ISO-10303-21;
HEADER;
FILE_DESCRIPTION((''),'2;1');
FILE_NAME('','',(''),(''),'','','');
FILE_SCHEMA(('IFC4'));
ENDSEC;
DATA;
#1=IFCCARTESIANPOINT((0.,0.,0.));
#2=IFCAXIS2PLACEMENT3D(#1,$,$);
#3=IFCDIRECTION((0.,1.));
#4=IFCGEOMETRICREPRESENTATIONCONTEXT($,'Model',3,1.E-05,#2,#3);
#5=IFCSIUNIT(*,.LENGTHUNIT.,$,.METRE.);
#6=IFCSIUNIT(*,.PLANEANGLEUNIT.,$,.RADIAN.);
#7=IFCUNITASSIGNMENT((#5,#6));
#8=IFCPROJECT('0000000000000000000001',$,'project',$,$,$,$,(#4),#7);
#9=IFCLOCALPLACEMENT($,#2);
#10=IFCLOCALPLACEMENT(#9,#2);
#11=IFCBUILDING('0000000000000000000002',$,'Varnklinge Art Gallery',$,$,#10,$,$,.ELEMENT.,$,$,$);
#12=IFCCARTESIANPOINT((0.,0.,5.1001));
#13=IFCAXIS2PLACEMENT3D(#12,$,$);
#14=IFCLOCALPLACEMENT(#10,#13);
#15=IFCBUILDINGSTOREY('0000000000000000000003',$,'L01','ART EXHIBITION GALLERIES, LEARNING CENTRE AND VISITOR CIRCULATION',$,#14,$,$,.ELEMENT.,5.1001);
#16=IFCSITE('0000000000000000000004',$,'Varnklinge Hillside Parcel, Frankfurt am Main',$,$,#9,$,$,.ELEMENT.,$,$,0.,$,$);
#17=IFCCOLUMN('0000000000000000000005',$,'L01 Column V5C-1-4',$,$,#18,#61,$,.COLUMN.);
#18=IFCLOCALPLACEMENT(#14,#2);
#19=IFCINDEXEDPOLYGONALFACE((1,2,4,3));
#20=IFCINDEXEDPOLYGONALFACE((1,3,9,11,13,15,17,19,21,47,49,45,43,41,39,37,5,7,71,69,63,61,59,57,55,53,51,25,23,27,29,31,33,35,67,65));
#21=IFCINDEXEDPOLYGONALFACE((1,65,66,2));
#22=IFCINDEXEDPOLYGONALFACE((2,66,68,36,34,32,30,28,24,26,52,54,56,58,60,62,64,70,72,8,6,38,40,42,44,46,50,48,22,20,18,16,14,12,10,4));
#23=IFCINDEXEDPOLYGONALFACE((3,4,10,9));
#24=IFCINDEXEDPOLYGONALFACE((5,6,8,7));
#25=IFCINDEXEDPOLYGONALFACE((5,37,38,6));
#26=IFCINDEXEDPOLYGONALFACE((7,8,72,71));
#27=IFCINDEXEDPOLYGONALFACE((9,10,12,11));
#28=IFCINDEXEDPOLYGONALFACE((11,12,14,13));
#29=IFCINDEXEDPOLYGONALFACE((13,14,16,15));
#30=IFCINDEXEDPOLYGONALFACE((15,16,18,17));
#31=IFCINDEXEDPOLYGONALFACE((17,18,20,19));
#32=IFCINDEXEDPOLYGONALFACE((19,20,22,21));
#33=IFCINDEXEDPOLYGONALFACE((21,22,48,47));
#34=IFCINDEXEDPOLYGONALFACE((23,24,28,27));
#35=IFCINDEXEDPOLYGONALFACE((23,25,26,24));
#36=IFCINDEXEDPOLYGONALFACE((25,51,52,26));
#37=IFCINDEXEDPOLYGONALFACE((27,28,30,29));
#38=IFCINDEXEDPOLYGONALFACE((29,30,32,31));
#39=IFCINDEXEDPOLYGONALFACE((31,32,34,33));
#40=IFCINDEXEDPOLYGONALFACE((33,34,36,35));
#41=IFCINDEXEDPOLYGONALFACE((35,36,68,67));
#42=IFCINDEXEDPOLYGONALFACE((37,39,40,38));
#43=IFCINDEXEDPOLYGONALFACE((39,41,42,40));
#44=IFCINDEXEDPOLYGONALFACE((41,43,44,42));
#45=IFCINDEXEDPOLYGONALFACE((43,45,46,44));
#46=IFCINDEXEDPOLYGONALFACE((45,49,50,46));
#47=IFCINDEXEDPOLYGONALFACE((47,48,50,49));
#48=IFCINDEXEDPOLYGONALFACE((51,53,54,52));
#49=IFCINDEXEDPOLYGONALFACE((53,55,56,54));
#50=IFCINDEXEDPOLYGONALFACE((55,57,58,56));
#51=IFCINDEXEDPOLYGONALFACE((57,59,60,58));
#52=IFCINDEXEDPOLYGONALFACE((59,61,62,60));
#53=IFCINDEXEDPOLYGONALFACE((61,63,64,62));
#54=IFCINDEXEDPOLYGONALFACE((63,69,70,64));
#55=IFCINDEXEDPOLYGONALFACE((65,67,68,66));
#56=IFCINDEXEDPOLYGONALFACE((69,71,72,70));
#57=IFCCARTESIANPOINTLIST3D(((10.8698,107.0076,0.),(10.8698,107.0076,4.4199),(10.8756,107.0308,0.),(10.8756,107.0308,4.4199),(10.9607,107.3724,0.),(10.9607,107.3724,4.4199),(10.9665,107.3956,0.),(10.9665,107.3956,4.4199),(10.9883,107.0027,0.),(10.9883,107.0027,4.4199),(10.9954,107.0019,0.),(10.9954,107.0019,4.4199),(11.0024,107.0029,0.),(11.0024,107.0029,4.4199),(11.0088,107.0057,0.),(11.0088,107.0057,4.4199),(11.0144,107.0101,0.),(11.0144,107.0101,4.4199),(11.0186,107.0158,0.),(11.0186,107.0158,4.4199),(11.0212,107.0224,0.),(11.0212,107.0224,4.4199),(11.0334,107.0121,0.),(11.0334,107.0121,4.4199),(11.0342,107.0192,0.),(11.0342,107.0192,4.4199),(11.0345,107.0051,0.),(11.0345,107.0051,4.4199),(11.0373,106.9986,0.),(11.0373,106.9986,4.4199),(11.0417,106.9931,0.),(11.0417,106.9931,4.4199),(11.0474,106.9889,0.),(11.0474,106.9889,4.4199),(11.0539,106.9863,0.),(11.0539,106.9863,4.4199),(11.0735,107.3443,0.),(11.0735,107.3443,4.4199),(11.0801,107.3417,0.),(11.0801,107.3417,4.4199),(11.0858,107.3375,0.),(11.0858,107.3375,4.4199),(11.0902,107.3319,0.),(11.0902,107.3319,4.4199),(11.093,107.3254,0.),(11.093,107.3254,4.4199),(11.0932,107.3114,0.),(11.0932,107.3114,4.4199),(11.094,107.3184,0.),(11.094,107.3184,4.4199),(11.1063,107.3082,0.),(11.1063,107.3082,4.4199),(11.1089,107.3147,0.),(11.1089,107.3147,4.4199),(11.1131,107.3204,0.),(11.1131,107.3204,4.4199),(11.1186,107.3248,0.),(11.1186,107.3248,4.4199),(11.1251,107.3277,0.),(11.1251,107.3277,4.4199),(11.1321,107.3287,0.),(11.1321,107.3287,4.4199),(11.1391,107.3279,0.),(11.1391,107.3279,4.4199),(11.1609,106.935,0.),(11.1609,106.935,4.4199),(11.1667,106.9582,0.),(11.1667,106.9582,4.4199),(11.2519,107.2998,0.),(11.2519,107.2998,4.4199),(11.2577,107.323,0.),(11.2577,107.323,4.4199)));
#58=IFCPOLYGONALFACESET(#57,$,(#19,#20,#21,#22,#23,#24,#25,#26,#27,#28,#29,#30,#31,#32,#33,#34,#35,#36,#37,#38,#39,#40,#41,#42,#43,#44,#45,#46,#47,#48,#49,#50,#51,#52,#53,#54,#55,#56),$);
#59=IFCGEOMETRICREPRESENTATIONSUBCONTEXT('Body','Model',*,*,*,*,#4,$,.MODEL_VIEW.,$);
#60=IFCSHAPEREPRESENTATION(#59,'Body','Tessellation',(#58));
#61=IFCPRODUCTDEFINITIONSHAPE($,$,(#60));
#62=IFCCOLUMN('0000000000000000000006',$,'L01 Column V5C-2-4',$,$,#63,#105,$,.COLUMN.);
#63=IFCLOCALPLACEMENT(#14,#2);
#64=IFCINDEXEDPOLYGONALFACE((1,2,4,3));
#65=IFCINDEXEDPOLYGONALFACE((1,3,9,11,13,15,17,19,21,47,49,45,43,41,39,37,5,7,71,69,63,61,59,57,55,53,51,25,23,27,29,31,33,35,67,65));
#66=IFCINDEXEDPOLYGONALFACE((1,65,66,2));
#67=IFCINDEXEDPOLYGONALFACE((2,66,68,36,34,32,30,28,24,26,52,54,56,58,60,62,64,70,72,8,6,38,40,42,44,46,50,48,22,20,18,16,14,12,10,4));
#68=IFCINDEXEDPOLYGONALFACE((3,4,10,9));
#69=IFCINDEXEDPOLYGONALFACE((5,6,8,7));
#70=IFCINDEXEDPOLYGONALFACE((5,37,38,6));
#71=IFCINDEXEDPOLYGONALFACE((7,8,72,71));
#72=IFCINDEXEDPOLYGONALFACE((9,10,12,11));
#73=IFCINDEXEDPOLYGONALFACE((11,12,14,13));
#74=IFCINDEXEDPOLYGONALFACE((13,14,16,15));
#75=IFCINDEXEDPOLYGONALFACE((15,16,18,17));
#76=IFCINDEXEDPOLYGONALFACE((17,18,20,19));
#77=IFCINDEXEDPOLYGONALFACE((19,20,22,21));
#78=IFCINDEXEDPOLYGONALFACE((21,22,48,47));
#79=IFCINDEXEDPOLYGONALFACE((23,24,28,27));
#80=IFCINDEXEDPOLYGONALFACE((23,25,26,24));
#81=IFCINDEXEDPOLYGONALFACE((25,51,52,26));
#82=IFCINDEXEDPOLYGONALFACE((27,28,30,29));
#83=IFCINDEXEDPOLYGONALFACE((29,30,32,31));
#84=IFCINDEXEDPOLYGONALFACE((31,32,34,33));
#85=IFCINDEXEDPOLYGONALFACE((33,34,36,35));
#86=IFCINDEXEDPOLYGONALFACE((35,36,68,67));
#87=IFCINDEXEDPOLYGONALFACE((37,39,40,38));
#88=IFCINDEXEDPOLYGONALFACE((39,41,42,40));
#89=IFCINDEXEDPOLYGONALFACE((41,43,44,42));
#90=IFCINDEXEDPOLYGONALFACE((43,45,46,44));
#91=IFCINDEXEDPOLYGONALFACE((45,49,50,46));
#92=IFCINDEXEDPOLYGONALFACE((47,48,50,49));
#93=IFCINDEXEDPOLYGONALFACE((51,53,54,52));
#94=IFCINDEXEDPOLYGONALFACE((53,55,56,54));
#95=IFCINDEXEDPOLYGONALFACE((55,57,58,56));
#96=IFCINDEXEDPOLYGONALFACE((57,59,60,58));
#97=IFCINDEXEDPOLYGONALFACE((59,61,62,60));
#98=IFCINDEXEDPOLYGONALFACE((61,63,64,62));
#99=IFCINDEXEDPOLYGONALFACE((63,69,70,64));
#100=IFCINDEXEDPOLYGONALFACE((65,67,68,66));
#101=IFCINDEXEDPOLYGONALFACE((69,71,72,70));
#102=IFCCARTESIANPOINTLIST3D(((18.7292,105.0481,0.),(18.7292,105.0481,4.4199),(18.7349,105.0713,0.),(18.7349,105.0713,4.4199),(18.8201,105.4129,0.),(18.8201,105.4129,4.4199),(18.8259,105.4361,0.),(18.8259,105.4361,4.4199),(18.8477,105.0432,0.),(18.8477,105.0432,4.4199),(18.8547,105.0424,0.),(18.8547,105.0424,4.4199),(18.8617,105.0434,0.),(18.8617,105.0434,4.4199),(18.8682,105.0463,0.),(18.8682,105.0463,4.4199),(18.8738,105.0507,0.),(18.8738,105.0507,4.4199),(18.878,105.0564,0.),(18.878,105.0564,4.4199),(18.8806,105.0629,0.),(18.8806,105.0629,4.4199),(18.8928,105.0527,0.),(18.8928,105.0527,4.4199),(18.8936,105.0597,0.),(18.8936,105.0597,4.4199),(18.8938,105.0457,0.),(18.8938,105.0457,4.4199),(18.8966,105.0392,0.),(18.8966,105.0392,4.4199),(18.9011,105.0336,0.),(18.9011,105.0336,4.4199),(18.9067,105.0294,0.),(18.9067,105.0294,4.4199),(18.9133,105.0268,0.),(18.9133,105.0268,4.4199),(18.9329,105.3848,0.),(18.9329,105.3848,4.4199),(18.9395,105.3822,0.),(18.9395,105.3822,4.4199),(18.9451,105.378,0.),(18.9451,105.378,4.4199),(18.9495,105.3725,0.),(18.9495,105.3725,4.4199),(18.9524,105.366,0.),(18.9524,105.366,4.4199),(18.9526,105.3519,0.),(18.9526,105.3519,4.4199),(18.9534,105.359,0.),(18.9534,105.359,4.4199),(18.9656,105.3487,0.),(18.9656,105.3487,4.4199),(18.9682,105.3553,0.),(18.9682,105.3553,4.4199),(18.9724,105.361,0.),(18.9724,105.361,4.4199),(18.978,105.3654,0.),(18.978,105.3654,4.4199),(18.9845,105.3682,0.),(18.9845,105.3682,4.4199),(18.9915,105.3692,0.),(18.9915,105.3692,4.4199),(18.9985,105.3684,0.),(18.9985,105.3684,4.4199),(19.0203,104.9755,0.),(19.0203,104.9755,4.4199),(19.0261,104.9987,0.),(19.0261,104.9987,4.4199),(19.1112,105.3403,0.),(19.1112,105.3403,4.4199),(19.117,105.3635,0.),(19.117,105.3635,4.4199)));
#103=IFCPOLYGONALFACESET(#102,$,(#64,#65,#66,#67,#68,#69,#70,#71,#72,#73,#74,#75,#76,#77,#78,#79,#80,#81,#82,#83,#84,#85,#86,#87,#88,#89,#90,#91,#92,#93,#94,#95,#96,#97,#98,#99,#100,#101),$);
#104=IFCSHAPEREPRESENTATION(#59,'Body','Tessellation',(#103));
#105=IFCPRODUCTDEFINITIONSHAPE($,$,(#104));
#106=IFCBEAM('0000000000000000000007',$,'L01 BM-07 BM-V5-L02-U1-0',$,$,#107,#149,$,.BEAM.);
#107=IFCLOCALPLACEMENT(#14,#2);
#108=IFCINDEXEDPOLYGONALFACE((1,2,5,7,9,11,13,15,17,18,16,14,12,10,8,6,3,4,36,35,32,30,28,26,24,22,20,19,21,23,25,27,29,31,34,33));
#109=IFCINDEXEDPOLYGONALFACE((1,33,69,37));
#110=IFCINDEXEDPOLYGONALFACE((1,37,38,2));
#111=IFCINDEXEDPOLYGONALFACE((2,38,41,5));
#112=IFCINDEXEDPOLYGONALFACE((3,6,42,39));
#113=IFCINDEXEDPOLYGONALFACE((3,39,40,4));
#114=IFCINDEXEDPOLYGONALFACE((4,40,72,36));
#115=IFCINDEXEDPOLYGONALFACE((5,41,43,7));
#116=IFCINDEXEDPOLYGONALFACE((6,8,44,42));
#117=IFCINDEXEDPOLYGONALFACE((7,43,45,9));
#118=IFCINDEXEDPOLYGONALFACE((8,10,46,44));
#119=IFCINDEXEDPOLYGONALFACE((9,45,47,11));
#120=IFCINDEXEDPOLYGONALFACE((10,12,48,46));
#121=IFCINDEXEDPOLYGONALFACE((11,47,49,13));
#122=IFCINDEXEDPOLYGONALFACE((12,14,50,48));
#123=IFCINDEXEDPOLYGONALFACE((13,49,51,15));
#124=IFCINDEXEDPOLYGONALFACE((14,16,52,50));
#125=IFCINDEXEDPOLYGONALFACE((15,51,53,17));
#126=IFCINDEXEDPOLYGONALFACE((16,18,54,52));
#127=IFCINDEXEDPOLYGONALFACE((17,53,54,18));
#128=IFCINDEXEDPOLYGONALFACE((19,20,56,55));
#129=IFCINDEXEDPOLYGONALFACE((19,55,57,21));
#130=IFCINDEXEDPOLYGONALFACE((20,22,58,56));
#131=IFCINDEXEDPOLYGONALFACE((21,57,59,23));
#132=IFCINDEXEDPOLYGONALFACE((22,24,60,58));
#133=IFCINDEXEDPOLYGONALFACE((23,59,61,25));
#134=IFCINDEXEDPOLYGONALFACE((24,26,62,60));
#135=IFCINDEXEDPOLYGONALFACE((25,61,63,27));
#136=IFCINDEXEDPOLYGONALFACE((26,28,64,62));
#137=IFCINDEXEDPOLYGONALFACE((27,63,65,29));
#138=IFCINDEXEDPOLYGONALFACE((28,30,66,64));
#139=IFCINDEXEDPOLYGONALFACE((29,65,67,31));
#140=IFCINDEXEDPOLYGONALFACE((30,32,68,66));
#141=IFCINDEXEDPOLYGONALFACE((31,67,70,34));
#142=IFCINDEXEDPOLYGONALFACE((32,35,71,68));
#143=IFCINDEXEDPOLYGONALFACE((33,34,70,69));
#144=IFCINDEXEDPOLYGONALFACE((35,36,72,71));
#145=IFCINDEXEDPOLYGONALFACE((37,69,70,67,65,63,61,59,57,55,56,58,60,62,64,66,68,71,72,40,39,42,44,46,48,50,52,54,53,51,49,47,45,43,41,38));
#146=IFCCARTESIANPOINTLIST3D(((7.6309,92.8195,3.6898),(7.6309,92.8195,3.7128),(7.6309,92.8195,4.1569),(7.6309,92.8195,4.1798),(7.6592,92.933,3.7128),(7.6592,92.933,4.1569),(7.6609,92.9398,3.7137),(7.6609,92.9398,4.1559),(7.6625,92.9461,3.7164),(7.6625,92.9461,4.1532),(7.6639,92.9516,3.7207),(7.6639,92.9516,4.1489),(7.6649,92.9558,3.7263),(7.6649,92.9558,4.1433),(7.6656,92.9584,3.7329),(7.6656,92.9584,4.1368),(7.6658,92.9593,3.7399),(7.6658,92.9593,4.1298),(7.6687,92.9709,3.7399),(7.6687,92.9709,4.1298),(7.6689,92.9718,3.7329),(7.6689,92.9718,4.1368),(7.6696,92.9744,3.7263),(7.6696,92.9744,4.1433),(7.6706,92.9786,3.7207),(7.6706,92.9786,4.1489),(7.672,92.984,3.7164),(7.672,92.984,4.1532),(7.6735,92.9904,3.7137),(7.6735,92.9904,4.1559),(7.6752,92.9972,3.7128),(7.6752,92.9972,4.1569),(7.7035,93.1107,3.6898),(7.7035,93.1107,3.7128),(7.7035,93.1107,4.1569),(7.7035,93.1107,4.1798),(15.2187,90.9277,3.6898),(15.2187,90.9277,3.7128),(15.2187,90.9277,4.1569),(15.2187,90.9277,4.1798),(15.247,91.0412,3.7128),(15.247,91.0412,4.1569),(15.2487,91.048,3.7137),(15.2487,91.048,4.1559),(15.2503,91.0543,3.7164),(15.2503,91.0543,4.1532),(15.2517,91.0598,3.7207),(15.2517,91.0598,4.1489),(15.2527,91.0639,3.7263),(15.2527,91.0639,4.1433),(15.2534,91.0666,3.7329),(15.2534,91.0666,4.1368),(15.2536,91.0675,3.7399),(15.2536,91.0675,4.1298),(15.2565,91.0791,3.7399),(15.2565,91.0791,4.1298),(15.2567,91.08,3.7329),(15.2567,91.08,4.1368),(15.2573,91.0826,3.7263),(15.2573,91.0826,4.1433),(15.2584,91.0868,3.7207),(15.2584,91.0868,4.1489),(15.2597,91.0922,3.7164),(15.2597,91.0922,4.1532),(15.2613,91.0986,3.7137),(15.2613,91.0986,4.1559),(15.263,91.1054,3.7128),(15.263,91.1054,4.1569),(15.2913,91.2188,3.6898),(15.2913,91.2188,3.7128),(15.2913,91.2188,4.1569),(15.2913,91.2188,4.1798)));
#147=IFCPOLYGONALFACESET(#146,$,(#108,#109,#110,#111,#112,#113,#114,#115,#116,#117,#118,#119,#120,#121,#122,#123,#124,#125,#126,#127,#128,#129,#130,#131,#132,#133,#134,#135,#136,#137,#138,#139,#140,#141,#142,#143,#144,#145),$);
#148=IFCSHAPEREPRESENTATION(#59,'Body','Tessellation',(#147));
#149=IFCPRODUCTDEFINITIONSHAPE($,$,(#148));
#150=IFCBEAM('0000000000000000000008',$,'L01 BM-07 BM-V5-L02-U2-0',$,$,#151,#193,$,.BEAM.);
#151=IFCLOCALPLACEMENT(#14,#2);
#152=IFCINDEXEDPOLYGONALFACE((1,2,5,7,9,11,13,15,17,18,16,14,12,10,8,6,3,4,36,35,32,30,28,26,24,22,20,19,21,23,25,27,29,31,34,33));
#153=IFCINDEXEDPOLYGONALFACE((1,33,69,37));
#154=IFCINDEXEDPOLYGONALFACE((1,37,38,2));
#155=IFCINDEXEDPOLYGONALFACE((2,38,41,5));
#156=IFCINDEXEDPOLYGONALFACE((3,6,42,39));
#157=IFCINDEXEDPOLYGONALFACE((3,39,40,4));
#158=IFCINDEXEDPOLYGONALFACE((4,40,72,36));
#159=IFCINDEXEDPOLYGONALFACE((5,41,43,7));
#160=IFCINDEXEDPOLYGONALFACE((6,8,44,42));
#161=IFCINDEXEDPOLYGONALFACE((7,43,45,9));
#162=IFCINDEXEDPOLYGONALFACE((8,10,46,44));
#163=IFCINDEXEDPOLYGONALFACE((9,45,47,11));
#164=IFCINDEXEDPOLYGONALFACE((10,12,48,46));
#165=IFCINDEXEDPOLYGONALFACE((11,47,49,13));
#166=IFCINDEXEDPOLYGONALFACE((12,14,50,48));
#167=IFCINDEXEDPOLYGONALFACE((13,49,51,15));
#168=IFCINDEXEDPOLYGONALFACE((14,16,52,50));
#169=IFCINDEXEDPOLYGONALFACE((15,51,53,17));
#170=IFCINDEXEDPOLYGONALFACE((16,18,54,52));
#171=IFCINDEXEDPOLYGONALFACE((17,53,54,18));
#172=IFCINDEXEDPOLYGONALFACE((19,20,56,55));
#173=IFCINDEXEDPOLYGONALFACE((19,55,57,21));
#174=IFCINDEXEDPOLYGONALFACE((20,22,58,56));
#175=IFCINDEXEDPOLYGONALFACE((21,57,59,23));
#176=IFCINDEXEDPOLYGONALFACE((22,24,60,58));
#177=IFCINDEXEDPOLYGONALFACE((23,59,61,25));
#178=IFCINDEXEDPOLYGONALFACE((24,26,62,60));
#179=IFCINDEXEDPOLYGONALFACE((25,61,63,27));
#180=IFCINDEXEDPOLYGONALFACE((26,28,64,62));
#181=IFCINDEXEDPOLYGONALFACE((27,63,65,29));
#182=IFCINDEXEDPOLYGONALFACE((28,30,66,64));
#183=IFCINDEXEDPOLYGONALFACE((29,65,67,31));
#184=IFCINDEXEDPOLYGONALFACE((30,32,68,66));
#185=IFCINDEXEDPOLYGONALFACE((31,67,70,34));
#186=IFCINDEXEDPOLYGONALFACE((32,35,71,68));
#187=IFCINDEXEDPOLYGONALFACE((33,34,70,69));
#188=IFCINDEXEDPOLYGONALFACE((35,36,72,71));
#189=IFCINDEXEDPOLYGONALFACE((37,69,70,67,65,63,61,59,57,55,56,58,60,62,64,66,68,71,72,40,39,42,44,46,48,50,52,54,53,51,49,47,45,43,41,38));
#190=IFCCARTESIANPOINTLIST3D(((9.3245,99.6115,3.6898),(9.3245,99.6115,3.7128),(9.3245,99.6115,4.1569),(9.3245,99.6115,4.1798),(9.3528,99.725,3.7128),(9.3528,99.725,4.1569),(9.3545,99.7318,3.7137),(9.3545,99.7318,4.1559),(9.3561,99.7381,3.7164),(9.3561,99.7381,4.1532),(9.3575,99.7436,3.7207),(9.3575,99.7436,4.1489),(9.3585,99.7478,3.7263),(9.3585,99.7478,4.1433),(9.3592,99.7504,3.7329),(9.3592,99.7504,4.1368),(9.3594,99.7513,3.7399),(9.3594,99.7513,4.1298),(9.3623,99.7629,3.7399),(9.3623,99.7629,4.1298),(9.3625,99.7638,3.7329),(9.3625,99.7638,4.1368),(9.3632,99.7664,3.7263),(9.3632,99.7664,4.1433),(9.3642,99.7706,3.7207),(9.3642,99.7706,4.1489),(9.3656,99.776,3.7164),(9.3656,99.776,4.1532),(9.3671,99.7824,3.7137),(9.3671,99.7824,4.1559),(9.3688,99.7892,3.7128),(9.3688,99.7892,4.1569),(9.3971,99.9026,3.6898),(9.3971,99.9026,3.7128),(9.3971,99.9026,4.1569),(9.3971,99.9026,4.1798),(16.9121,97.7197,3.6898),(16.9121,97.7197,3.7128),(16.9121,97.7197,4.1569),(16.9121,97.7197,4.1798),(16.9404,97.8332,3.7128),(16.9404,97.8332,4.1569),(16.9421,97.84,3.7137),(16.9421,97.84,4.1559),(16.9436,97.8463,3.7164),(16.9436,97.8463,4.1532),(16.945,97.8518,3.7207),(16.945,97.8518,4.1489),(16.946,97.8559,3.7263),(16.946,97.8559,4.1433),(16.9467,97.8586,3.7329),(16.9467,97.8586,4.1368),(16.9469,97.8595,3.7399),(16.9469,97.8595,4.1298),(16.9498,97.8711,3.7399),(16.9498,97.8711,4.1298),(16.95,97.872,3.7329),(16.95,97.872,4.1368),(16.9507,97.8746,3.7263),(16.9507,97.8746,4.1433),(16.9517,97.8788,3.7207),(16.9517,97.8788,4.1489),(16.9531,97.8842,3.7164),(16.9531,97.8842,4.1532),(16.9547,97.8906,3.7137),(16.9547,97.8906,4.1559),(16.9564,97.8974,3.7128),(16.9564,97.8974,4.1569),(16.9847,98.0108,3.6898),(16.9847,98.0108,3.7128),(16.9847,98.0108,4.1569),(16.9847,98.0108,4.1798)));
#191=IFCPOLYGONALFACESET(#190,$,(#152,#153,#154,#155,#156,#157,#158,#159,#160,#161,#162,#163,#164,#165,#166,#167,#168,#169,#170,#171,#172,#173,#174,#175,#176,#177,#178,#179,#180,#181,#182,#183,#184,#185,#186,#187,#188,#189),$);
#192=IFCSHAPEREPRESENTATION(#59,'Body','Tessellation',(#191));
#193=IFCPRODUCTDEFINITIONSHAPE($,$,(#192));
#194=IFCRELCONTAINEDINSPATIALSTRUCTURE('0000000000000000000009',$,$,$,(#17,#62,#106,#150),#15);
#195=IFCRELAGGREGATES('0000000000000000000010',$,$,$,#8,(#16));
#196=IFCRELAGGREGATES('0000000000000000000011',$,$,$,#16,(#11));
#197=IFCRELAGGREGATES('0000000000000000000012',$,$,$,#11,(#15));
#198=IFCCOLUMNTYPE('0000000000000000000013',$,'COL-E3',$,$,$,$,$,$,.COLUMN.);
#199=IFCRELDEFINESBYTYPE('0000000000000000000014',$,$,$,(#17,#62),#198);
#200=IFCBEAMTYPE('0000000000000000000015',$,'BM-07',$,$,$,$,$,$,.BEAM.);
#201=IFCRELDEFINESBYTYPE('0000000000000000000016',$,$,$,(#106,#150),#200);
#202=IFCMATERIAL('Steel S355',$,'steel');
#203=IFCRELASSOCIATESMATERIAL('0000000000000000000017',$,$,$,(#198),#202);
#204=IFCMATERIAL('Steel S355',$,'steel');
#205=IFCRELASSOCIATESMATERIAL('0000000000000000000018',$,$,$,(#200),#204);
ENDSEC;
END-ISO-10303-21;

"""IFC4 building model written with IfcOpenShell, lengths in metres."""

from ifc_helpers import new_model, si_unit, direction, frame, origin, origin_2d, place, context, subcontext, project, spatial, i_section, extrude, material, material_profile, profile_set, type_object, element, save


model = new_model("IFC4")

# Units and contexts
model_context = context("Model", 3, precision=1e-05, world=origin(), true_north=direction((0.0, 1.0)))
body_context = subcontext(model_context, "Body", "Model", "MODEL_VIEW")
ifc_project = project(units=[si_unit("LENGTHUNIT", "METRE"), si_unit("PLANEANGLEUNIT", "RADIAN")], contexts=[model_context])

# Site, building, storey
site_placement = place(None, origin())
site = spatial("IfcSite", under=ifc_project, at=site_placement, Name="Varnklinge Hillside Parcel, Frankfurt am Main", CompositionType="ELEMENT", RefElevation=0.0)
building_placement = place(site_placement, origin())
building = spatial("IfcBuilding", under=site, at=building_placement, Name="Varnklinge Art Gallery", CompositionType="ELEMENT")
storey_placement = place(building_placement, frame((0.0, 0.0, 5.1001)))
storey = spatial("IfcBuildingStorey", under=building, at=storey_placement, Name="L01", Description="ART EXHIBITION GALLERIES, LEARNING CENTRE AND VISITOR CIRCULATION", CompositionType="ELEMENT", Elevation=5.1001)

# Columns
ifc_material_1 = material(Name="Steel S355", Category="steel")
ifc_material_profile_1 = material_profile(ifc_material_1, i_section(OverallWidth=0.3, OverallDepth=0.3999, WebThickness=0.0134, FlangeThickness=0.0239, FilletRadius=0.0271, at=origin_2d()), Name="HEB 400")
ifc_profile_set_1 = profile_set([ifc_material_profile_1], Name="Steel S355")
column_type_1 = type_object("IfcColumnType", Name="COL-E3", PredefinedType="COLUMN", material=ifc_profile_set_1)
for number, where, z_axis, x_axis, name in (
    (1, (11.0637, 107.1653, 0.0), (0.0, 0.0, 1.0), (0.970296, -0.241922, 0.0), "L01 Column V5C-1-4"),
    (2, (18.9231, 105.2058, 0.0), (0.0, 0.0, 1.0), (0.970296, -0.241922, 0.0), "L01 Column V5C-2-4"),
):
    element("IfcColumn", number, at=place(storey_placement, frame(where, z_axis=z_axis, x_axis=x_axis)), inside=storey, type_object=column_type_1, Name=name, PredefinedType="COLUMN", context=body_context, shape_type="SweptSolid", body=[
        extrude(i_section(OverallWidth=0.3, OverallDepth=0.3999, WebThickness=0.0134, FlangeThickness=0.0239, FilletRadius=0.0271, at=origin_2d()), origin(), (0.0, 0.0, 1.0), 4.4199),
    ])

# Beams
ifc_material_2 = material(Name="Steel S355", Category="steel")
ifc_material_profile_2 = material_profile(ifc_material_2, i_section(OverallWidth=0.3, OverallDepth=0.49, WebThickness=0.012, FlangeThickness=0.0229, FilletRadius=0.0271, at=origin_2d()), Name="HEA 500")
ifc_profile_set_2 = profile_set([ifc_material_profile_2], Name="Steel S355")
beam_type_1 = type_object("IfcBeamType", Name="BM-07", PredefinedType="BEAM", material=ifc_profile_set_2)
beam_1_placement = place(storey_placement, frame((7.6672, 92.9651, 3.9348), z_axis=(0.970297, -0.241919, 0.0), x_axis=(0.241919, 0.970297, 0.0)))
element("IfcBeam", 3, at=beam_1_placement, inside=storey, type_object=beam_type_1, Name="L01 BM-07 BM-V5-L02-U1-0", PredefinedType="BEAM", context=body_context, shape_type="SweptSolid", body=[
    extrude(i_section(OverallWidth=0.3, OverallDepth=0.49, WebThickness=0.012, FlangeThickness=0.0229, FilletRadius=0.0271, at=origin_2d()), origin(), (0.0, 0.0, 1.0), 7.8201),
])
beam_2_placement = place(storey_placement, frame((9.3608, 99.7571, 3.9348), z_axis=(0.970295, -0.241926, 0.0), x_axis=(0.241926, 0.970295, 0.0)))
element("IfcBeam", 4, at=beam_2_placement, inside=storey, type_object=beam_type_1, Name="L01 BM-07 BM-V5-L02-U2-0", PredefinedType="BEAM", context=body_context, shape_type="SweptSolid", body=[
    extrude(i_section(OverallWidth=0.3, OverallDepth=0.49, WebThickness=0.012, FlangeThickness=0.0229, FilletRadius=0.0271, at=origin_2d()), origin(), (0.0, 0.0, 1.0), 7.8198),
])

save(model, "model.ifc")
